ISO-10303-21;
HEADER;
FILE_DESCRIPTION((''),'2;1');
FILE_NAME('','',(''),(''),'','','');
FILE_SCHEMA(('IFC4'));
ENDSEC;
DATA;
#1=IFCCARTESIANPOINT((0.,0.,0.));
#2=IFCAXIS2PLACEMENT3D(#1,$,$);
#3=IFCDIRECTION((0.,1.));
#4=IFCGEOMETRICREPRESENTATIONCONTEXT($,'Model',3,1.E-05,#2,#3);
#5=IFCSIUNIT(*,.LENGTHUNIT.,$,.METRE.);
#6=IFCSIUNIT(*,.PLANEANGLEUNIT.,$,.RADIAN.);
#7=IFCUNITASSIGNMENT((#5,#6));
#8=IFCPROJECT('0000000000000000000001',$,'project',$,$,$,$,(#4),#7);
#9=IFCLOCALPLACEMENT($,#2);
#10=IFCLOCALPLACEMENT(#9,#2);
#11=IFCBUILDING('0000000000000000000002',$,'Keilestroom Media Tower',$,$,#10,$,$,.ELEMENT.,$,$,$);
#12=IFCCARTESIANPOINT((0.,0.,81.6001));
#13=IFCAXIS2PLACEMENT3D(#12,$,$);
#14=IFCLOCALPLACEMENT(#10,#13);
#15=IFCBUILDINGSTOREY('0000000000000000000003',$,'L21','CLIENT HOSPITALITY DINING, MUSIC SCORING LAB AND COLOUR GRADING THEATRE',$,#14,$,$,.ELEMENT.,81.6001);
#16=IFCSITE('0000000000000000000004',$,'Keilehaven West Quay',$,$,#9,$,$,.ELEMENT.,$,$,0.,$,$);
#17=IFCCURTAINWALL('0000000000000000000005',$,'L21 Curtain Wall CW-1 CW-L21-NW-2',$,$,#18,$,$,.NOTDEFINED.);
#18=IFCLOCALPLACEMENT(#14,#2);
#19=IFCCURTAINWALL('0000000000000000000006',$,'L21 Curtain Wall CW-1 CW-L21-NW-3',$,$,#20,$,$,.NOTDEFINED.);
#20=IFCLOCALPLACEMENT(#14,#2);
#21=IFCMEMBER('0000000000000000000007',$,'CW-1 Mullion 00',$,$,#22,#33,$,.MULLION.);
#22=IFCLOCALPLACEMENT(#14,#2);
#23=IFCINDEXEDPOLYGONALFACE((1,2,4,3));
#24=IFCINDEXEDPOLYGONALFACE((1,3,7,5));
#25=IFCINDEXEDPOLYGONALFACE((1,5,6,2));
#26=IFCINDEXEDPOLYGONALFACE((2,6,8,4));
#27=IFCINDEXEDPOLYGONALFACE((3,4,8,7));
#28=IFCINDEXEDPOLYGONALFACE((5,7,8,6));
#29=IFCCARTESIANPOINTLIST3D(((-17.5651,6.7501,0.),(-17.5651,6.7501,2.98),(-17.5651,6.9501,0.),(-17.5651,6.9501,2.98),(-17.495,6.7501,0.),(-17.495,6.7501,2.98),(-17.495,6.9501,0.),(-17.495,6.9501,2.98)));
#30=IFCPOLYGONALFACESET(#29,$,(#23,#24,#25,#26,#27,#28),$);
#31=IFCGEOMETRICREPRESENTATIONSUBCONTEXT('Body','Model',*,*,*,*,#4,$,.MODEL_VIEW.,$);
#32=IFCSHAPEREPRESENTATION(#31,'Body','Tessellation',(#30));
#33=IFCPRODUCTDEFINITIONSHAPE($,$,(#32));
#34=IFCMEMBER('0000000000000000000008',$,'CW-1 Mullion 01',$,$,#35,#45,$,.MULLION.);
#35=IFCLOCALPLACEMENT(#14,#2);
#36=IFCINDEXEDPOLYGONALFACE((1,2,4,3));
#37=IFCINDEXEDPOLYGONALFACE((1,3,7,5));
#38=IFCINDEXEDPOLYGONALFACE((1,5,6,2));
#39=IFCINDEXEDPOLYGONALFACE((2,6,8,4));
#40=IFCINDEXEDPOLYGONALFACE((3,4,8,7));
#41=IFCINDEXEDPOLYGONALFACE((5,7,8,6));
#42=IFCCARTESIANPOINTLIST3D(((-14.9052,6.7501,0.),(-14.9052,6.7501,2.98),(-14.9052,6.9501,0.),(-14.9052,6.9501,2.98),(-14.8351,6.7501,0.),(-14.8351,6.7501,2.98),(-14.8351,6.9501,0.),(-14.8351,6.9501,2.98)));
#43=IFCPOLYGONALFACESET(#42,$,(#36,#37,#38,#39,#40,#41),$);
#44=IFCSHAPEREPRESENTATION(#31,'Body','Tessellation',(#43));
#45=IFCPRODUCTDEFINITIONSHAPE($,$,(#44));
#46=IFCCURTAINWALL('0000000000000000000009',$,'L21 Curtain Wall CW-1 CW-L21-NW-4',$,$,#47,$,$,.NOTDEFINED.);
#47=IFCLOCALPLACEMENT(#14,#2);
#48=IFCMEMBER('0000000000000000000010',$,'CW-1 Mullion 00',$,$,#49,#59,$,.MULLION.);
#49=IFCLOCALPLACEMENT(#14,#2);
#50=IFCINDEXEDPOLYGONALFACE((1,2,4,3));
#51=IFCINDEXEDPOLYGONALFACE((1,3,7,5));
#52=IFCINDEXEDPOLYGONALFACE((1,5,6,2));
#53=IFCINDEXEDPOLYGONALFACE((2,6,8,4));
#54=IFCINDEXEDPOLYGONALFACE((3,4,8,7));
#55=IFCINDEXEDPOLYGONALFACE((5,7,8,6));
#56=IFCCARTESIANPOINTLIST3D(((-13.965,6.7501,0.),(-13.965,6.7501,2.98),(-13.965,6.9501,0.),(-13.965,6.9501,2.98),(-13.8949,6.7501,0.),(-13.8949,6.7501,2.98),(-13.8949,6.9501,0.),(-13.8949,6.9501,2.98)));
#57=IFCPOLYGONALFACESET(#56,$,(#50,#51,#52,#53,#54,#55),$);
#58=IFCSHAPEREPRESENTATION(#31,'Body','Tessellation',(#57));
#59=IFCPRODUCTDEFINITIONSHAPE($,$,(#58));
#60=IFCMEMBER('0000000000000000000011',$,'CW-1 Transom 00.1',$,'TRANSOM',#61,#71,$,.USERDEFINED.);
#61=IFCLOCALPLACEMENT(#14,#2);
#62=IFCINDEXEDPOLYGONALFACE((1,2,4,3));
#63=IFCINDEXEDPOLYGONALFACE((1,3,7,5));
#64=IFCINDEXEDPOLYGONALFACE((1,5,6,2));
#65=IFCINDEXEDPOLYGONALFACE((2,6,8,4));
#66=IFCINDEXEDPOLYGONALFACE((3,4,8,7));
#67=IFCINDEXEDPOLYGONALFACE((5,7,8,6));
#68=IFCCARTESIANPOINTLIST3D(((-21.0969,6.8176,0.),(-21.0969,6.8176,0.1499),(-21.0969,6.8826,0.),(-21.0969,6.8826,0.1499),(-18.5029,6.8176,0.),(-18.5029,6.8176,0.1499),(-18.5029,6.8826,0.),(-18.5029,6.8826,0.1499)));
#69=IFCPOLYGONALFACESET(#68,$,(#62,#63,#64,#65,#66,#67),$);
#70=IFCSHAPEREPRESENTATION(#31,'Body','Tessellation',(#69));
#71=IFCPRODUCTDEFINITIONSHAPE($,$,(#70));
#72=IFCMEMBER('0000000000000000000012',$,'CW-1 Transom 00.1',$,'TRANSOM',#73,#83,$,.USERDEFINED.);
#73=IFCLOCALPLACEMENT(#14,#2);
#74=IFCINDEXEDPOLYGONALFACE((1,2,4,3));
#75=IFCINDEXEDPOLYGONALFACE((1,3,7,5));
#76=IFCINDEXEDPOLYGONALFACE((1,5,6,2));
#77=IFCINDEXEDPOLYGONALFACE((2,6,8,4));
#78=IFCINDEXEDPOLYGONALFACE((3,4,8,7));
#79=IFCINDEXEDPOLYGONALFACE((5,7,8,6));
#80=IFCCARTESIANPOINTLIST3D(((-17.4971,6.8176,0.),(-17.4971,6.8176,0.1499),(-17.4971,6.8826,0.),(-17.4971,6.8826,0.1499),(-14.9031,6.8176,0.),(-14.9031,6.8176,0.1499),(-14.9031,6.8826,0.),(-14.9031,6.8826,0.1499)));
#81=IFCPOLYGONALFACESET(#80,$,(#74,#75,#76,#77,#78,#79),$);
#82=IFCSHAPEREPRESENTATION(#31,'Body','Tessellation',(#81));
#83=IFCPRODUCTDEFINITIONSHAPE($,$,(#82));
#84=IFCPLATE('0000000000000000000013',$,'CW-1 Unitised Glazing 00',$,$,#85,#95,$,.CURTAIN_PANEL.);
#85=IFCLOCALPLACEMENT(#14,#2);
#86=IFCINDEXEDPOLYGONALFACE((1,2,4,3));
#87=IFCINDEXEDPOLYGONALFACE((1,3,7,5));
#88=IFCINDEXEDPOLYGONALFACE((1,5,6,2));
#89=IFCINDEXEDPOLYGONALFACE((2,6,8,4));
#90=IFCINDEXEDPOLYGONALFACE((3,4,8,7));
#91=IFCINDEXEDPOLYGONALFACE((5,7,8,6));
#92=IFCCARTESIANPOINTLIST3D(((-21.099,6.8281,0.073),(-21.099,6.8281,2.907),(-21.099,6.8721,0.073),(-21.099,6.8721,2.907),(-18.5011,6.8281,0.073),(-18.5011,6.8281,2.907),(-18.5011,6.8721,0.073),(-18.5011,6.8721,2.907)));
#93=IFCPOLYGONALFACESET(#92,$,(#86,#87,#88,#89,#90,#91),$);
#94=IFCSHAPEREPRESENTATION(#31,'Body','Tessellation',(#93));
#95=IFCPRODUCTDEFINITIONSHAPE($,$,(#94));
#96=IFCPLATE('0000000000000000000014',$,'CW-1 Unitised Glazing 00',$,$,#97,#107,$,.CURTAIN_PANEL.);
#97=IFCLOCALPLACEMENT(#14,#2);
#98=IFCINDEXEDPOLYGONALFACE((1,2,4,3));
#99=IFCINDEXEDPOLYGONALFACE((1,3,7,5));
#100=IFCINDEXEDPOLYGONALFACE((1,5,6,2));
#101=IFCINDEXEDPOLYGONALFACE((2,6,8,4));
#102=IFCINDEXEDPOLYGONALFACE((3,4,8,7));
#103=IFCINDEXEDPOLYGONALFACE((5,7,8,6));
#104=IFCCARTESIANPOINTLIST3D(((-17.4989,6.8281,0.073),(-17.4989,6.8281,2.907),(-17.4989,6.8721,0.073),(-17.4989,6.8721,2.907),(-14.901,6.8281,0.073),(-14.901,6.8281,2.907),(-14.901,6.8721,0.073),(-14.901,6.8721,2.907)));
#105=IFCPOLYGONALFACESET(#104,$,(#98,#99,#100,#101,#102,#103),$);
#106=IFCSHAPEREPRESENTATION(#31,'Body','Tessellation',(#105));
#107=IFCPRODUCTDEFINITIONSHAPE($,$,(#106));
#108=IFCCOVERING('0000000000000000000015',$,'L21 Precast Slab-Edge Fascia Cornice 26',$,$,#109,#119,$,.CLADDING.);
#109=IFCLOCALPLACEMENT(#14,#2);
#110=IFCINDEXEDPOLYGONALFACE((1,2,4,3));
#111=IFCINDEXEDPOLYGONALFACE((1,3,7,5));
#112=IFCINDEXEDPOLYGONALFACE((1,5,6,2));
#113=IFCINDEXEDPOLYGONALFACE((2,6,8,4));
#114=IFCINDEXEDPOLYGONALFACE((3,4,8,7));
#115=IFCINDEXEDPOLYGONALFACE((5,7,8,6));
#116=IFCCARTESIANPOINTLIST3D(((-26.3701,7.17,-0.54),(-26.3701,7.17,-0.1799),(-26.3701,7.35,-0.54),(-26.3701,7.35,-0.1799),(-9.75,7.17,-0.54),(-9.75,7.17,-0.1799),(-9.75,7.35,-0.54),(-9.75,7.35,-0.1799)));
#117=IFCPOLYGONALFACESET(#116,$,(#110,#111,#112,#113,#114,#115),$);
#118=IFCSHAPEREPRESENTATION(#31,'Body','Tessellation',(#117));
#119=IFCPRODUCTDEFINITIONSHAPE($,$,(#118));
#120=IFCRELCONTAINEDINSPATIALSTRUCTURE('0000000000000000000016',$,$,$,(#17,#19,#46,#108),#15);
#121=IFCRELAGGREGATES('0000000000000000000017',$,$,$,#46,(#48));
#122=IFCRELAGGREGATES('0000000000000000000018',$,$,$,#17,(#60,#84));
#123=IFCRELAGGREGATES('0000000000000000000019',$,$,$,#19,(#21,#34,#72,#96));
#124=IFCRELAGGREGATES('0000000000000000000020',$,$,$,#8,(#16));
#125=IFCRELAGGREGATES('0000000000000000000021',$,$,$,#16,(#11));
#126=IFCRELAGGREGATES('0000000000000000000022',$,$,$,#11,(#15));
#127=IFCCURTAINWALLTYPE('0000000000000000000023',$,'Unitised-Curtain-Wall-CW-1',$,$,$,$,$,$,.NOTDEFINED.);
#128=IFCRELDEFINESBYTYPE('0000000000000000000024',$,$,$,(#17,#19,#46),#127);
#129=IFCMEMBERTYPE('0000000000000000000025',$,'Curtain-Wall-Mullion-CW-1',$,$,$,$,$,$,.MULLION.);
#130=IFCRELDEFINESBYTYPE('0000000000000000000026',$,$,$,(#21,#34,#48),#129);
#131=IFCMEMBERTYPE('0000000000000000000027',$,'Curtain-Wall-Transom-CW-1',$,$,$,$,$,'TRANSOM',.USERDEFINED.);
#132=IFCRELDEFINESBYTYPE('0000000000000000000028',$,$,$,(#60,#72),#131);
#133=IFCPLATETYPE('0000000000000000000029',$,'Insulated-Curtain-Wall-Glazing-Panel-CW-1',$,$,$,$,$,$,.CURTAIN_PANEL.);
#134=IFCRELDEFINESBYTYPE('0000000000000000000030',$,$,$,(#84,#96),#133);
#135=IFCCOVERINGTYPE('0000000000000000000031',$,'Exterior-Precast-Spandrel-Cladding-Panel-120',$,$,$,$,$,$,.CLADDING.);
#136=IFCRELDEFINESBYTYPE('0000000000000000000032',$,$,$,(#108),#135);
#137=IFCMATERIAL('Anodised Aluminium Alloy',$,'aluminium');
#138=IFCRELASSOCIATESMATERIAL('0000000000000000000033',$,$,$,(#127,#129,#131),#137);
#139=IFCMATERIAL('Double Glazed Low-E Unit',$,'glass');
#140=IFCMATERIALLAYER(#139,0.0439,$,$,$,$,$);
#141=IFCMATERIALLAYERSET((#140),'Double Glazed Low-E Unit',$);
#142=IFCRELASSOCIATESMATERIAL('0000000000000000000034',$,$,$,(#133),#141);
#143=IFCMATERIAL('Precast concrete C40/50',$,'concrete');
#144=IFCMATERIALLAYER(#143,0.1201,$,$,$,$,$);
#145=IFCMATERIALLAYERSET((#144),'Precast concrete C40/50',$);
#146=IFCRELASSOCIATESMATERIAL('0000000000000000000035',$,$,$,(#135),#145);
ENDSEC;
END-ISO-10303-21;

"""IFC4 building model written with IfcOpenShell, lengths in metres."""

from ifc_helpers import new_model, si_unit, direction, frame, origin, origin_2d, place, context, subcontext, project, spatial, rectangle, extrude, source, transform, mapped, material, layer, layer_set, material_profile, profile_set, type_object, element, aggregate, save


model = new_model("IFC4")

# Units and contexts
model_context = context("Model", 3, precision=1e-05, world=origin(), true_north=direction((0.0, 1.0)))
body_context = subcontext(model_context, "Body", "Model", "MODEL_VIEW")
ifc_project = project(units=[si_unit("LENGTHUNIT", "METRE"), si_unit("PLANEANGLEUNIT", "RADIAN")], contexts=[model_context])

# Site, building, storey
site_placement = place(None, origin())
site = spatial("IfcSite", under=ifc_project, at=site_placement, Name="Keilehaven West Quay", CompositionType="ELEMENT", RefElevation=0.0)
building_placement = place(site_placement, origin())
building = spatial("IfcBuilding", under=site, at=building_placement, Name="Keilestroom Media Tower", CompositionType="ELEMENT")
storey_placement = place(building_placement, frame((0.0, 0.0, 81.6001)))
storey = spatial("IfcBuildingStorey", under=building, at=storey_placement, Name="L21", Description="CLIENT HOSPITALITY DINING, MUSIC SCORING LAB AND COLOUR GRADING THEATRE", CompositionType="ELEMENT", Elevation=81.6001)

# Shared definitions
ifc_material_1 = material(Name="Precast concrete C40/50", Category="concrete")

# Shared definitions
ifc_material_2 = material(Name="Anodised Aluminium Alloy", Category="aluminium")
curtain_wall_type = type_object("IfcCurtainWallType", Name="Unitised-Curtain-Wall-CW-1", PredefinedType="NOTDEFINED", material=ifc_material_2)
ifc_material_profile_1 = material_profile(ifc_material_2, rectangle(XDim=0.0701, YDim=0.2, at=origin_2d()), Name="ALU MULLION 70x200")
ifc_profile_set_1 = profile_set([ifc_material_profile_1], Name="Anodised Aluminium Alloy")
member_type_1 = type_object("IfcMemberType", Name="Curtain-Wall-Mullion-CW-1", PredefinedType="MULLION", material=ifc_profile_set_1)
shared_shape_1 = source(origin(), body_context, "Body", "SweptSolid", [
    extrude(rectangle(XDim=0.0701, YDim=0.2, at=origin_2d()), origin(), (0.0, 0.0, 1.0), 2.98),
])

# Curtain walls, members
curtain_wall_1_placement = place(storey_placement, origin())
curtain_wall_1 = element("IfcCurtainWall", 1, at=curtain_wall_1_placement, inside=storey, type_object=curtain_wall_type, Name="L21 Curtain Wall CW-1 CW-L21-NW-2", PredefinedType="NOTDEFINED")
curtain_wall_2_placement = place(storey_placement, origin())
curtain_wall_2 = element("IfcCurtainWall", 2, at=curtain_wall_2_placement, inside=storey, type_object=curtain_wall_type, Name="L21 Curtain Wall CW-1 CW-L21-NW-3", PredefinedType="NOTDEFINED")
member_1_placement = place(storey_placement, frame((-17.53, 6.8501, 0.0), z_axis=(0.0, 0.0, 1.0), x_axis=(1.0, 0.0, 0.0)))
member_1 = element("IfcMember", 3, at=member_1_placement, type_object=member_type_1, Name="CW-1 Mullion 00", PredefinedType="MULLION", context=body_context, shape_type="MappedRepresentation", body=[
    mapped(shared_shape_1, transform((0.0, 0.0, 0.0), x_axis=(1.0, 0.0, 0.0), y_axis=(0.0, 1.0, 0.0), z_axis=(0.0, 0.0, 1.0), scale=1.0)),
])
member_2_placement = place(storey_placement, frame((-14.8701, 6.8501, 0.0), z_axis=(0.0, 0.0, 1.0), x_axis=(1.0, 0.0, 0.0)))
member_2 = element("IfcMember", 4, at=member_2_placement, type_object=member_type_1, Name="CW-1 Mullion 01", PredefinedType="MULLION", context=body_context, shape_type="MappedRepresentation", body=[
    mapped(shared_shape_1, transform((0.0, 0.0, 0.0), x_axis=(1.0, 0.0, 0.0), y_axis=(0.0, 1.0, 0.0), z_axis=(0.0, 0.0, 1.0), scale=1.0)),
])

# Curtain wall, member
curtain_wall_3_placement = place(storey_placement, origin())
curtain_wall_3 = element("IfcCurtainWall", 5, at=curtain_wall_3_placement, inside=storey, type_object=curtain_wall_type, Name="L21 Curtain Wall CW-1 CW-L21-NW-4", PredefinedType="NOTDEFINED")
member_3_placement = place(storey_placement, frame((-13.9299, 6.8501, 0.0), z_axis=(0.0, 0.0, 1.0), x_axis=(1.0, 0.0, 0.0)))
member_3 = element("IfcMember", 6, at=member_3_placement, type_object=member_type_1, Name="CW-1 Mullion 00", PredefinedType="MULLION", context=body_context, shape_type="MappedRepresentation", body=[
    mapped(shared_shape_1, transform((0.0, 0.0, 0.0), x_axis=(1.0, 0.0, 0.0), y_axis=(0.0, 1.0, 0.0), z_axis=(0.0, 0.0, 1.0), scale=1.0)),
])
aggregate(curtain_wall_3, [member_3])

# Members
ifc_material_profile_2 = material_profile(ifc_material_2, rectangle(XDim=0.0649, YDim=0.1499, at=origin_2d()), Name="ALU TRANSOM 65x150")
ifc_profile_set_2 = profile_set([ifc_material_profile_2], Name="Anodised Aluminium Alloy")
member_type_2 = type_object("IfcMemberType", Name="Curtain-Wall-Transom-CW-1", ElementType="TRANSOM", PredefinedType="USERDEFINED", material=ifc_profile_set_2)
shared_shape_2 = source(origin(), body_context, "Body", "SweptSolid", [
    extrude(rectangle(XDim=0.0649, YDim=0.1499, at=origin_2d()), origin(), (0.0, 0.0, 1.0), 2.594),
])
member_4_placement = place(storey_placement, frame((-21.0969, 6.8501, 0.075), z_axis=(1.0, 0.0, 0.0), x_axis=(0.0, 1.0, 0.0)))
member_4 = element("IfcMember", 7, at=member_4_placement, type_object=member_type_2, Name="CW-1 Transom 00.1", ObjectType="TRANSOM", PredefinedType="USERDEFINED", context=body_context, shape_type="MappedRepresentation", body=[
    mapped(shared_shape_2, transform((0.0, 0.0, 0.0), x_axis=(1.0, 0.0, 0.0), y_axis=(0.0, 1.0, 0.0), z_axis=(0.0, 0.0, 1.0), scale=1.0)),
])
member_5_placement = place(storey_placement, frame((-17.4971, 6.8501, 0.075), z_axis=(1.0, 0.0, 0.0), x_axis=(0.0, 1.0, 0.0)))
member_5 = element("IfcMember", 8, at=member_5_placement, type_object=member_type_2, Name="CW-1 Transom 00.1", ObjectType="TRANSOM", PredefinedType="USERDEFINED", context=body_context, shape_type="MappedRepresentation", body=[
    mapped(shared_shape_2, transform((0.0, 0.0, 0.0), x_axis=(1.0, 0.0, 0.0), y_axis=(0.0, 1.0, 0.0), z_axis=(0.0, 0.0, 1.0), scale=1.0)),
])

# Plates
ifc_material_3 = material(Name="Double Glazed Low-E Unit", Category="glass")
ifc_layer_1 = layer(ifc_material_3, 0.0439)
ifc_layer_set_1 = layer_set([ifc_layer_1], Name="Double Glazed Low-E Unit")
plate_type = type_object("IfcPlateType", Name="Insulated-Curtain-Wall-Glazing-Panel-CW-1", PredefinedType="CURTAIN_PANEL", material=ifc_layer_set_1)
shared_shape_3 = source(origin(), body_context, "Body", "SweptSolid", [
    extrude(rectangle(XDim=2.5979, YDim=0.0439, at=origin_2d()), origin(), (0.0, 0.0, 1.0), 2.834),
])
plate_1_placement = place(storey_placement, frame((-19.8, 6.8501, 0.073), z_axis=(0.0, 0.0, 1.0), x_axis=(1.0, 0.0, 0.0)))
plate_1 = element("IfcPlate", 9, at=plate_1_placement, type_object=plate_type, Name="CW-1 Unitised Glazing 00", PredefinedType="CURTAIN_PANEL", context=body_context, shape_type="MappedRepresentation", body=[
    mapped(shared_shape_3, transform((0.0, 0.0, 0.0), x_axis=(1.0, 0.0, 0.0), y_axis=(0.0, 1.0, 0.0), z_axis=(0.0, 0.0, 1.0), scale=1.0)),
])
aggregate(curtain_wall_1, [member_4, plate_1])
plate_2_placement = place(storey_placement, frame((-16.2, 6.8501, 0.073), z_axis=(0.0, 0.0, 1.0), x_axis=(1.0, 0.0, 0.0)))
plate_2 = element("IfcPlate", 10, at=plate_2_placement, type_object=plate_type, Name="CW-1 Unitised Glazing 00", PredefinedType="CURTAIN_PANEL", context=body_context, shape_type="MappedRepresentation", body=[
    mapped(shared_shape_3, transform((0.0, 0.0, 0.0), x_axis=(1.0, 0.0, 0.0), y_axis=(0.0, 1.0, 0.0), z_axis=(0.0, 0.0, 1.0), scale=1.0)),
])
aggregate(curtain_wall_2, [member_1, member_2, member_5, plate_2])

# Covering
ifc_layer_2 = layer(ifc_material_1, 0.1201)
ifc_layer_set_2 = layer_set([ifc_layer_2], Name="Precast concrete C40/50")
covering_type = type_object("IfcCoveringType", Name="Exterior-Precast-Spandrel-Cladding-Panel-120", PredefinedType="CLADDING", material=ifc_layer_set_2)
shared_shape_4 = source(origin(), body_context, "Body", "SweptSolid", [
    extrude(rectangle(XDim=16.6201, YDim=0.1799, at=origin_2d()), origin(), (0.0, 0.0, 1.0), 0.3601),
])
covering_placement = place(storey_placement, frame((-18.0601, 7.26, -0.54), z_axis=(0.0, 0.0, 1.0), x_axis=(1.0, 0.0, 0.0)))
element("IfcCovering", 11, at=covering_placement, inside=storey, type_object=covering_type, Name="L21 Precast Slab-Edge Fascia Cornice 26", PredefinedType="CLADDING", context=body_context, shape_type="MappedRepresentation", body=[
    mapped(shared_shape_4, transform((0.0, 0.0, 0.0), x_axis=(1.0, 0.0, 0.0), y_axis=(0.0, 1.0, 0.0), z_axis=(0.0, 0.0, 1.0), scale=1.0)),
])

save(model, "model.ifc")
